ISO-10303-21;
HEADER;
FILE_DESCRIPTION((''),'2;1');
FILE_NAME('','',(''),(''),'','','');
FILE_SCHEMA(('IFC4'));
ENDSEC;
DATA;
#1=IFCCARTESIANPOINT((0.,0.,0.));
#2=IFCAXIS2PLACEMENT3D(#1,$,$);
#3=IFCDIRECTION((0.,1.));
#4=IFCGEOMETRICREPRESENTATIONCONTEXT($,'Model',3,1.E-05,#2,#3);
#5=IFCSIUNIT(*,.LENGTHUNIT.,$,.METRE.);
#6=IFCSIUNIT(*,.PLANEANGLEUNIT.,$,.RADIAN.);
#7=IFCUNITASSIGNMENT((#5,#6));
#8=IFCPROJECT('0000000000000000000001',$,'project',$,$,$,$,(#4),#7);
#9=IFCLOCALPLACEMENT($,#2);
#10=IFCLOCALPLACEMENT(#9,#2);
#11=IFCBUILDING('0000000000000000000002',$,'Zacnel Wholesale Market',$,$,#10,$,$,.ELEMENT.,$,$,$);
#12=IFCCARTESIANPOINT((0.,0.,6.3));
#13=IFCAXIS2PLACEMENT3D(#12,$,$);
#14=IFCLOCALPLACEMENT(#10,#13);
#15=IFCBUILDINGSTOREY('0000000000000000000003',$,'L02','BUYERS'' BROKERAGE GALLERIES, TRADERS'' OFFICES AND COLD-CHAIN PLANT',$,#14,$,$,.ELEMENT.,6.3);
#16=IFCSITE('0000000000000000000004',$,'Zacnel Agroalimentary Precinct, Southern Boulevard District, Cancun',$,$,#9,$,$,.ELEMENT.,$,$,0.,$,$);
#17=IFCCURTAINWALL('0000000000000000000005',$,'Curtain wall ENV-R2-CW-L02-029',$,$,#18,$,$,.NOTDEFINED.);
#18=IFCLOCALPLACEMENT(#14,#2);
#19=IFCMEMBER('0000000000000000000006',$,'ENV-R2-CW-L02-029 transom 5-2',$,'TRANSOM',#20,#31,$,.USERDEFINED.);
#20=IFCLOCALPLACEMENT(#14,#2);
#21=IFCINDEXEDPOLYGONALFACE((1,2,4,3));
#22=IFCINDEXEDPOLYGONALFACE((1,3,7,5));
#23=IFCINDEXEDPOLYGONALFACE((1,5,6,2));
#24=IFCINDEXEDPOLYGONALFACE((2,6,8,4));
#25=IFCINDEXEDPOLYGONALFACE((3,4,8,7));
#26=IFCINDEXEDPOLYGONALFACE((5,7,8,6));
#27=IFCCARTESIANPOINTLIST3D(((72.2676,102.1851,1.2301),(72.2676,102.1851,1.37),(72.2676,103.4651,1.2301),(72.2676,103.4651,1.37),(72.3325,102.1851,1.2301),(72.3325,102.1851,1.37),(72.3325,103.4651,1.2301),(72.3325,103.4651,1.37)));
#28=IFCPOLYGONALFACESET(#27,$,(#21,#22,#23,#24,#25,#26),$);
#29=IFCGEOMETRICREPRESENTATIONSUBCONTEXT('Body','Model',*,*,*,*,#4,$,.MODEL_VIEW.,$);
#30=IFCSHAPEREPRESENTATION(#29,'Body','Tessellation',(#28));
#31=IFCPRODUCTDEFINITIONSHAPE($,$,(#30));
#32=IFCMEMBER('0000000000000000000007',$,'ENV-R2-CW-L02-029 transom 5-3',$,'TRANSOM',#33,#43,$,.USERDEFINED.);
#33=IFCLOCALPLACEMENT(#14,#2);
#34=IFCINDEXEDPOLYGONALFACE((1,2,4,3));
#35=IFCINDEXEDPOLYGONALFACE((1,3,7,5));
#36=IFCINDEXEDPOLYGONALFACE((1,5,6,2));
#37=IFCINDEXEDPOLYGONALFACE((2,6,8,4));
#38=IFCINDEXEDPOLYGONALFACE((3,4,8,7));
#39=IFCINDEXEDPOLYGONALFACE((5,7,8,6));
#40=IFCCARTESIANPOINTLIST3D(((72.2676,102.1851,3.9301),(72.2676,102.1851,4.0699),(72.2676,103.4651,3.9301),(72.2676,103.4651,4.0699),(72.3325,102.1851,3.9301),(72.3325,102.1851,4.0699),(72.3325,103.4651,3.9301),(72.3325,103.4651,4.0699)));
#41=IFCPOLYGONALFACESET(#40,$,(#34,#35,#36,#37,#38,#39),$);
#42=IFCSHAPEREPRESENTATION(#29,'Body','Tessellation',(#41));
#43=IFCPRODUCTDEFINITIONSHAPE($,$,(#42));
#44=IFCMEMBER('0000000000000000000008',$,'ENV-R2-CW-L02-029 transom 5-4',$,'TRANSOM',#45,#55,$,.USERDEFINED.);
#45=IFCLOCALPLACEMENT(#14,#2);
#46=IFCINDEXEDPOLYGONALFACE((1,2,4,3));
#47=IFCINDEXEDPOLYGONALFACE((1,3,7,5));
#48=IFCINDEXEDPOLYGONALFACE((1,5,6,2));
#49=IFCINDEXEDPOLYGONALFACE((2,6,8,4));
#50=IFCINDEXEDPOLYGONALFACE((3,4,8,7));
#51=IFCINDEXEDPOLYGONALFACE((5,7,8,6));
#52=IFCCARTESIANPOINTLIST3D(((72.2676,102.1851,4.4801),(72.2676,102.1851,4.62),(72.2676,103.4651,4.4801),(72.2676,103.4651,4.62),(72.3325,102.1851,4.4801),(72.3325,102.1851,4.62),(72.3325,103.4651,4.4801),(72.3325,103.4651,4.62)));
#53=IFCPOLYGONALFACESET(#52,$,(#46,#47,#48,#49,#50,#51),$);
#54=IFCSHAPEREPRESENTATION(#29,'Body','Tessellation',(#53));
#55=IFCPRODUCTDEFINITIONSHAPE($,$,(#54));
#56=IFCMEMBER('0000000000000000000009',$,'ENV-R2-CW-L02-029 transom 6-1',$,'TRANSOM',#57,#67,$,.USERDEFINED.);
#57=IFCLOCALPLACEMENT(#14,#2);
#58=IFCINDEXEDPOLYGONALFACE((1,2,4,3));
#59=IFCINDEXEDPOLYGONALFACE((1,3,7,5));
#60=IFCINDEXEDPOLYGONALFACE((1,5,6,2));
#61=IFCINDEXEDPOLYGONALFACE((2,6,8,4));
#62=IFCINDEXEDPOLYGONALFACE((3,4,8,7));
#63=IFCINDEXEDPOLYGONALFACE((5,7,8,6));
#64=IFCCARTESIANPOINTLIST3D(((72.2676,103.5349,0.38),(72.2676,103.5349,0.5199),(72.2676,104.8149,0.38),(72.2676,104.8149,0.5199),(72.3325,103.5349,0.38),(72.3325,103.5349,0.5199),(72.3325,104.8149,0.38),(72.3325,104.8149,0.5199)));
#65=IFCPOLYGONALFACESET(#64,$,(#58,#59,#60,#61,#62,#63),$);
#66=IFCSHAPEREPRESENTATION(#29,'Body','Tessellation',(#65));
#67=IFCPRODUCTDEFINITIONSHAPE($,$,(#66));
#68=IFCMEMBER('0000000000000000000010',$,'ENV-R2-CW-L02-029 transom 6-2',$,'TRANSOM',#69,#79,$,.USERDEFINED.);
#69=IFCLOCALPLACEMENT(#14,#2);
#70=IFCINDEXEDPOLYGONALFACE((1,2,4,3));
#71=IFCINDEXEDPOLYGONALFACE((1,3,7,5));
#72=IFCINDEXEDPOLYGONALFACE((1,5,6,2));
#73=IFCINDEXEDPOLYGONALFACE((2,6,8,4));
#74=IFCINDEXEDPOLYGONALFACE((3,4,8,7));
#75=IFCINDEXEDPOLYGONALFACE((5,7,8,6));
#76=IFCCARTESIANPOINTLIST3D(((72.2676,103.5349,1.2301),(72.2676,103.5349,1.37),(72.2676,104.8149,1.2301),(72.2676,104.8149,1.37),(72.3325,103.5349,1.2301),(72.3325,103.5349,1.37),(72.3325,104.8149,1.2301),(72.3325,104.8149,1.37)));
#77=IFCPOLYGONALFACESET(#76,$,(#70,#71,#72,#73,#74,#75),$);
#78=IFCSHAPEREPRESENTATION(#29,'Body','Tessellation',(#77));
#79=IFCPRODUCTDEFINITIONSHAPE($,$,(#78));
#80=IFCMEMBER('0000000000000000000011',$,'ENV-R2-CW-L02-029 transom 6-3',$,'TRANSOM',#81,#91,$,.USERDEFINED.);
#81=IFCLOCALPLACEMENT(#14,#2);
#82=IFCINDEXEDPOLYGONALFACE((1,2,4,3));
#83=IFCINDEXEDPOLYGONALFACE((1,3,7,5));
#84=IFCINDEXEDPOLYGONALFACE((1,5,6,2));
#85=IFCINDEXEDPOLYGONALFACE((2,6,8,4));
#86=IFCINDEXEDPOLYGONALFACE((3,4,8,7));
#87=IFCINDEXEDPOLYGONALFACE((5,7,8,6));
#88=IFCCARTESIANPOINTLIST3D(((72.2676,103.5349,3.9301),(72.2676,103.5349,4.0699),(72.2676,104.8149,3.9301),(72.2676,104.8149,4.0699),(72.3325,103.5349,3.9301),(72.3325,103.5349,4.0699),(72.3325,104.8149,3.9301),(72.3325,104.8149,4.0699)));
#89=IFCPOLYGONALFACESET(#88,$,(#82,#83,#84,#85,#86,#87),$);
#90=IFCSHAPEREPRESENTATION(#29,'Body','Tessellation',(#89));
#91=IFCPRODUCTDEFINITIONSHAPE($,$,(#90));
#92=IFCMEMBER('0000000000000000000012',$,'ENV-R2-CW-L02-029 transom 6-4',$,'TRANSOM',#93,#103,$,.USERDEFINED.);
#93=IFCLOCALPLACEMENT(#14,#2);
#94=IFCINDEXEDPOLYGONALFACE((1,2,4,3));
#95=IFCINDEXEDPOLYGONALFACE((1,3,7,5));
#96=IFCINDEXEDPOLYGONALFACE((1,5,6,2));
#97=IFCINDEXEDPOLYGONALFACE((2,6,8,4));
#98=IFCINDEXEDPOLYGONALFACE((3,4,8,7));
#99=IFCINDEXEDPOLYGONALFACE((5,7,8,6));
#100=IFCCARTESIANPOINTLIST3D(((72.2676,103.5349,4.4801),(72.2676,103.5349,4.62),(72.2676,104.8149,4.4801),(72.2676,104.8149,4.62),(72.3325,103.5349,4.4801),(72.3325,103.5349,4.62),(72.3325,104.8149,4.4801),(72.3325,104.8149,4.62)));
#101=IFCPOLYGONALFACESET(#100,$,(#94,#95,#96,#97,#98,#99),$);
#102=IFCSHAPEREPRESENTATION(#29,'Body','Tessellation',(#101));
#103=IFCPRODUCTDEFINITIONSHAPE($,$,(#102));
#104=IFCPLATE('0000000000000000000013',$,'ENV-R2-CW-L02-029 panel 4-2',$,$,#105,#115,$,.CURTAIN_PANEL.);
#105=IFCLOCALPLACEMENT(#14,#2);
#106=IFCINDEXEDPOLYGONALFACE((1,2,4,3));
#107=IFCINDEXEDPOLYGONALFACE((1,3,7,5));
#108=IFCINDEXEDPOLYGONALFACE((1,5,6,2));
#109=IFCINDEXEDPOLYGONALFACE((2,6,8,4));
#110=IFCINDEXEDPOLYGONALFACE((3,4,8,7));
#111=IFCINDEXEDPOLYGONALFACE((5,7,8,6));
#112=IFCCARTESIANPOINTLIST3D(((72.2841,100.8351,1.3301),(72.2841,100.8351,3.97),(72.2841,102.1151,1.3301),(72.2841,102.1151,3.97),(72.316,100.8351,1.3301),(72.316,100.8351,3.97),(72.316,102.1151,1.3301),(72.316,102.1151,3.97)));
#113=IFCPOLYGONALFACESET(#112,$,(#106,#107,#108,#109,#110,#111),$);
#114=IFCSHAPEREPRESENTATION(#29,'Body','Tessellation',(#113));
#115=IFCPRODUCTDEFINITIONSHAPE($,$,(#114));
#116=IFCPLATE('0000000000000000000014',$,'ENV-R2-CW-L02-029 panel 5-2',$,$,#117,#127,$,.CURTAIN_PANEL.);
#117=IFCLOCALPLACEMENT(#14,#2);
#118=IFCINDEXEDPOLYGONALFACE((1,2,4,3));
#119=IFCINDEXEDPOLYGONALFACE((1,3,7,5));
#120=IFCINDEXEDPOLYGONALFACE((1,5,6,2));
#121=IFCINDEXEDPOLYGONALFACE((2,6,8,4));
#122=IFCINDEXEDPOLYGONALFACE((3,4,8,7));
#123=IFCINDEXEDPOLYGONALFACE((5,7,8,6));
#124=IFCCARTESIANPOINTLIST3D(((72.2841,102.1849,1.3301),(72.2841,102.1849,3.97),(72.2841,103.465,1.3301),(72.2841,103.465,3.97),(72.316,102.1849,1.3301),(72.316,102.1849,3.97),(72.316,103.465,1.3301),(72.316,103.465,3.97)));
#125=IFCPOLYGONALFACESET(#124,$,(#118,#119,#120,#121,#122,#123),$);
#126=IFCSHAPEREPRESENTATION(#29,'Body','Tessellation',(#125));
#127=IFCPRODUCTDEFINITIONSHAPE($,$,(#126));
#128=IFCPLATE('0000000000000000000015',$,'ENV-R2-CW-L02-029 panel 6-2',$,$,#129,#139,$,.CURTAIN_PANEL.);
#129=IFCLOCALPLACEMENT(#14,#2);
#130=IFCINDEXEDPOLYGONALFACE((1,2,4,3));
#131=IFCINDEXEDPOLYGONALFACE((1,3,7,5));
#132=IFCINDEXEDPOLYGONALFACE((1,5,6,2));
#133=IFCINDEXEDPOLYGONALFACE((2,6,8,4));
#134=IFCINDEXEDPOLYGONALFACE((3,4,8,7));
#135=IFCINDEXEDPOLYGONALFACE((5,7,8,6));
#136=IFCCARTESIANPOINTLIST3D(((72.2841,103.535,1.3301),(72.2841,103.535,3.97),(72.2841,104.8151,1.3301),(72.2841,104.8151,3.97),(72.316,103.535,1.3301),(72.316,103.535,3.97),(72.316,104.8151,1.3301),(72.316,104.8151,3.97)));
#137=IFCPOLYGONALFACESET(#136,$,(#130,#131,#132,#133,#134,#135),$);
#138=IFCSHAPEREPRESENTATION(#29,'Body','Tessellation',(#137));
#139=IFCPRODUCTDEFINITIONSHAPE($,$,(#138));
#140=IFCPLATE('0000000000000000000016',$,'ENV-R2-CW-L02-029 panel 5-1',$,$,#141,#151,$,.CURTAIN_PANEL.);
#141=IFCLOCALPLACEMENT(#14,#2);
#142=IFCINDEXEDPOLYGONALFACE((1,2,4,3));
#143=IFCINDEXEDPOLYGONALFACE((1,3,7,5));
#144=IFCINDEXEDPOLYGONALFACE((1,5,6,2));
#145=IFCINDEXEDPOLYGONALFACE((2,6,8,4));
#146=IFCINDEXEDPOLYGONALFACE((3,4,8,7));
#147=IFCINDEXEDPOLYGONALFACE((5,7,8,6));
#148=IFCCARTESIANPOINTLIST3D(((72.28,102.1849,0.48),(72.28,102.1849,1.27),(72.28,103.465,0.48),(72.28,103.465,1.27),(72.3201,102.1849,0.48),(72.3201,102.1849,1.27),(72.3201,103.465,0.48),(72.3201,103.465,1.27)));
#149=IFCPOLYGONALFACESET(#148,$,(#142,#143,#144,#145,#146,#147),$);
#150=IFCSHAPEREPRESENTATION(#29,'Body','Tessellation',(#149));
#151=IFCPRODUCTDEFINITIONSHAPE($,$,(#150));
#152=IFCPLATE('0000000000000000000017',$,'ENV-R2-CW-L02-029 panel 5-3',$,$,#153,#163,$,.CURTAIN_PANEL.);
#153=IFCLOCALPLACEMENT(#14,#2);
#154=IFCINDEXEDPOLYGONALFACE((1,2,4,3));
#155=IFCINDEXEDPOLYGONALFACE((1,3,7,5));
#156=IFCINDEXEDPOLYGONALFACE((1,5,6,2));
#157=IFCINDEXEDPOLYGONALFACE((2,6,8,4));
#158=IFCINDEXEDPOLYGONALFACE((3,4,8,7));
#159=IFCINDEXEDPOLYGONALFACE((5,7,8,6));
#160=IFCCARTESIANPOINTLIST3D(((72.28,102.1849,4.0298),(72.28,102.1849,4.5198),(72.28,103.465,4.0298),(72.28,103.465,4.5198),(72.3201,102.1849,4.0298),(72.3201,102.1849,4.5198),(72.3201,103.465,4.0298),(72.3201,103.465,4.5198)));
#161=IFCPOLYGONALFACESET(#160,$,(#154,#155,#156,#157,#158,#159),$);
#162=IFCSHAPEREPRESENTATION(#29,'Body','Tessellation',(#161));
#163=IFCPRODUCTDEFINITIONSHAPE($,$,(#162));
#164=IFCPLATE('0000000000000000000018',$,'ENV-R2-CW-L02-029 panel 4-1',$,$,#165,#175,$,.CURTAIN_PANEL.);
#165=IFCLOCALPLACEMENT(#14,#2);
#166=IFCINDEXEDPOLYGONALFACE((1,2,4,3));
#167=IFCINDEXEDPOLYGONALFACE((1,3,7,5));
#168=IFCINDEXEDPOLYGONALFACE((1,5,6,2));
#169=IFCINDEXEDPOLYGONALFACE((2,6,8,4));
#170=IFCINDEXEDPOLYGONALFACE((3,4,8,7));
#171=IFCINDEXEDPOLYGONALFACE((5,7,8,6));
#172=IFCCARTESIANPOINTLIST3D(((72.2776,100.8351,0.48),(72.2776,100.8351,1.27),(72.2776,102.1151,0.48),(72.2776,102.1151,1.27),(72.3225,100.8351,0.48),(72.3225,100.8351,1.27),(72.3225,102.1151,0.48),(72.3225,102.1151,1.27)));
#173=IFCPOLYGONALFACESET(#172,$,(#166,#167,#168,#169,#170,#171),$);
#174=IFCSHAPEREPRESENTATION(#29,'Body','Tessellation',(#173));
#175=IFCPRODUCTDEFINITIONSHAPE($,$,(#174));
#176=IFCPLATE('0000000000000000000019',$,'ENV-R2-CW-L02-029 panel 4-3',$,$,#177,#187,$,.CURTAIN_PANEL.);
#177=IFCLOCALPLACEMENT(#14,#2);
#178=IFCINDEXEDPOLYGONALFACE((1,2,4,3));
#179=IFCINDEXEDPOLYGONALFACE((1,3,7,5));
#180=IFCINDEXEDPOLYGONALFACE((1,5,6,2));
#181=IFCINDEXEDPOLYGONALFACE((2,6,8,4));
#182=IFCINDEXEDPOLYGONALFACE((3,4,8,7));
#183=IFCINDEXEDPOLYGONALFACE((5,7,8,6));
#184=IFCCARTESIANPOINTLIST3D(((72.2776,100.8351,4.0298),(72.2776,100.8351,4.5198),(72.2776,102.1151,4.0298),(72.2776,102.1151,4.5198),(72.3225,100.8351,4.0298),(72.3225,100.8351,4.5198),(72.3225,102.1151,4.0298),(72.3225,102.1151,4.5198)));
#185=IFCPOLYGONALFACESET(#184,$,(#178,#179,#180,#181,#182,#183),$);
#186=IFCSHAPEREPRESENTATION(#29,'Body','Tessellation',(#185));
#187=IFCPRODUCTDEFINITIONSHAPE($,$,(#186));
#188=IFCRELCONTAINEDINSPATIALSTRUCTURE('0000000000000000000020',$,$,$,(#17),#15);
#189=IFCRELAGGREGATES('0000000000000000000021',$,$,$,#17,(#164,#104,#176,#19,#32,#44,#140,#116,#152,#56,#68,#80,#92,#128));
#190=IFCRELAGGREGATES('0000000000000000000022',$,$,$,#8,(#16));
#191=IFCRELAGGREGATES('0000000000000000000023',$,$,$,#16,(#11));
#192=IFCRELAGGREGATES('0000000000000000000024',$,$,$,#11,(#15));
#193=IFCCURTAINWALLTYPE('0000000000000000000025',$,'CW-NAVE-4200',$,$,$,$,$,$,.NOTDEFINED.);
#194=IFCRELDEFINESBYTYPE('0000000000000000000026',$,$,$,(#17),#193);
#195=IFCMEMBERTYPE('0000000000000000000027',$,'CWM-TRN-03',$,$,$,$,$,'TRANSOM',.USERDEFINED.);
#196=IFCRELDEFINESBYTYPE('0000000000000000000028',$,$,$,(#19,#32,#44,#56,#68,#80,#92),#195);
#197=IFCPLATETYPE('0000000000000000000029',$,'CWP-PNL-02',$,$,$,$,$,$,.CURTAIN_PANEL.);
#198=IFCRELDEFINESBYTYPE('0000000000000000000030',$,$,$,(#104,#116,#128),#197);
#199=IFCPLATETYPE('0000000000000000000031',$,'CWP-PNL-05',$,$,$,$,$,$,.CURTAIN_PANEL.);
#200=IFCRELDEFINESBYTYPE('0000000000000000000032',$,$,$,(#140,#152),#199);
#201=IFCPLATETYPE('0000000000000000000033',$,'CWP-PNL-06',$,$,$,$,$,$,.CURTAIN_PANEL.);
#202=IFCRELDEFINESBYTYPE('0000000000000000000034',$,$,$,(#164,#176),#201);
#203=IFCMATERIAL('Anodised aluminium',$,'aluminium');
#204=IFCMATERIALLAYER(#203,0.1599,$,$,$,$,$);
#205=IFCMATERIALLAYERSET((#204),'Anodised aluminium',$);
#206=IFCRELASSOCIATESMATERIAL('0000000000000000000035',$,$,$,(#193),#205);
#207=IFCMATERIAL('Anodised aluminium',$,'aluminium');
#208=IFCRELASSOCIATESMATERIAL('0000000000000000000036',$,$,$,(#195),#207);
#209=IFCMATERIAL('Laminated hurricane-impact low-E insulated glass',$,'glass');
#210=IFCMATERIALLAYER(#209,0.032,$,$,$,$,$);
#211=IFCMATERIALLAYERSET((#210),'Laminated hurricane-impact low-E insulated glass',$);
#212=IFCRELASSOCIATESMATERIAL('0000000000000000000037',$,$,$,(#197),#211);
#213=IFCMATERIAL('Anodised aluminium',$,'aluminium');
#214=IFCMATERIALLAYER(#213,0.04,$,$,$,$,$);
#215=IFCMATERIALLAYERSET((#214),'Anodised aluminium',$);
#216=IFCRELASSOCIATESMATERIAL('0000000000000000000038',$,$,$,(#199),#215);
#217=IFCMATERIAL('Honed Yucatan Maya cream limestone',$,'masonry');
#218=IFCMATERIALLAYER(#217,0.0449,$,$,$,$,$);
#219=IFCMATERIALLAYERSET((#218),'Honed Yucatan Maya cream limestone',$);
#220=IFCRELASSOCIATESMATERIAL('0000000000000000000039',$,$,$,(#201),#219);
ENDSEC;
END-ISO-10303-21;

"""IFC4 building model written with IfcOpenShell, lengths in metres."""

from ifc_helpers import new_model, si_unit, direction, frame, origin, origin_2d, place, context, subcontext, project, spatial, rectangle, extrude, material, layer, layer_set, material_profile, profile_set, type_object, element, aggregate, save


model = new_model("IFC4")

# Units and contexts
model_context = context("Model", 3, precision=1e-05, world=origin(), true_north=direction((0.0, 1.0)))
body_context = subcontext(model_context, "Body", "Model", "MODEL_VIEW")
ifc_project = project(units=[si_unit("LENGTHUNIT", "METRE"), si_unit("PLANEANGLEUNIT", "RADIAN")], contexts=[model_context])

# Site, building, storey
site_placement = place(None, origin())
site = spatial("IfcSite", under=ifc_project, at=site_placement, Name="Zacnel Agroalimentary Precinct, Southern Boulevard District, Cancun", CompositionType="ELEMENT", RefElevation=0.0)
building_placement = place(site_placement, origin())
building = spatial("IfcBuilding", under=site, at=building_placement, Name="Zacnel Wholesale Market", CompositionType="ELEMENT")
storey_placement = place(building_placement, frame((0.0, 0.0, 6.3)))
storey = spatial("IfcBuildingStorey", under=building, at=storey_placement, Name="L02", Description="BUYERS' BROKERAGE GALLERIES, TRADERS' OFFICES AND COLD-CHAIN PLANT", CompositionType="ELEMENT", Elevation=6.3)

# Curtain wall, members, plates
ifc_material_1 = material(Name="Anodised aluminium", Category="aluminium")
ifc_layer_1 = layer(ifc_material_1, 0.1599)
ifc_layer_set_1 = layer_set([ifc_layer_1], Name="Anodised aluminium")
curtain_wall_type = type_object("IfcCurtainWallType", Name="CW-NAVE-4200", PredefinedType="NOTDEFINED", material=ifc_layer_set_1)
curtain_wall_placement = place(storey_placement, origin())
curtain_wall = element("IfcCurtainWall", 1, at=curtain_wall_placement, inside=storey, type_object=curtain_wall_type, Name="Curtain wall ENV-R2-CW-L02-029", PredefinedType="NOTDEFINED")
ifc_material_2 = material(Name="Anodised aluminium", Category="aluminium")
ifc_material_profile_1 = material_profile(ifc_material_2, rectangle(XDim=0.0649, YDim=0.1399, at=origin_2d()), Name="AW-TRANSOM 65x140")
ifc_profile_set_1 = profile_set([ifc_material_profile_1], Name="Anodised aluminium")
member_type_1 = type_object("IfcMemberType", Name="CWM-TRN-03", ElementType="TRANSOM", PredefinedType="USERDEFINED", material=ifc_profile_set_1)
member_1_placement = place(storey_placement, frame((72.3, 102.1851, 1.3), z_axis=(0.0, 1.0, 0.0), x_axis=(-1.0, 0.0, 0.0)))
member_1 = element("IfcMember", 2, at=member_1_placement, type_object=member_type_1, Name="ENV-R2-CW-L02-029 transom 5-2", ObjectType="TRANSOM", PredefinedType="USERDEFINED", context=body_context, shape_type="SweptSolid", body=[
    extrude(rectangle(XDim=0.0649, YDim=0.1399, at=origin_2d()), origin(), (0.0, 0.0, 1.0), 1.28),
])
member_2_placement = place(storey_placement, frame((72.3, 102.1851, 4.0), z_axis=(0.0, 1.0, 0.0), x_axis=(-1.0, 0.0, 0.0)))
member_2 = element("IfcMember", 3, at=member_2_placement, type_object=member_type_1, Name="ENV-R2-CW-L02-029 transom 5-3", ObjectType="TRANSOM", PredefinedType="USERDEFINED", context=body_context, shape_type="SweptSolid", body=[
    extrude(rectangle(XDim=0.0649, YDim=0.1399, at=origin_2d()), origin(), (0.0, 0.0, 1.0), 1.28),
])
member_3_placement = place(storey_placement, frame((72.3, 102.1851, 4.55), z_axis=(0.0, 1.0, 0.0), x_axis=(-1.0, 0.0, 0.0)))
member_3 = element("IfcMember", 4, at=member_3_placement, type_object=member_type_1, Name="ENV-R2-CW-L02-029 transom 5-4", ObjectType="TRANSOM", PredefinedType="USERDEFINED", context=body_context, shape_type="SweptSolid", body=[
    extrude(rectangle(XDim=0.0649, YDim=0.1399, at=origin_2d()), origin(), (0.0, 0.0, 1.0), 1.28),
])
member_4_placement = place(storey_placement, frame((72.3, 103.5349, 0.45), z_axis=(0.0, 1.0, 0.0), x_axis=(-1.0, 0.0, 0.0)))
member_4 = element("IfcMember", 5, at=member_4_placement, type_object=member_type_1, Name="ENV-R2-CW-L02-029 transom 6-1", ObjectType="TRANSOM", PredefinedType="USERDEFINED", context=body_context, shape_type="SweptSolid", body=[
    extrude(rectangle(XDim=0.0649, YDim=0.1399, at=origin_2d()), origin(), (0.0, 0.0, 1.0), 1.28),
])
member_5_placement = place(storey_placement, frame((72.3, 103.5349, 1.3), z_axis=(0.0, 1.0, 0.0), x_axis=(-1.0, 0.0, 0.0)))
member_5 = element("IfcMember", 6, at=member_5_placement, type_object=member_type_1, Name="ENV-R2-CW-L02-029 transom 6-2", ObjectType="TRANSOM", PredefinedType="USERDEFINED", context=body_context, shape_type="SweptSolid", body=[
    extrude(rectangle(XDim=0.0649, YDim=0.1399, at=origin_2d()), origin(), (0.0, 0.0, 1.0), 1.28),
])
member_6_placement = place(storey_placement, frame((72.3, 103.5349, 4.0), z_axis=(0.0, 1.0, 0.0), x_axis=(-1.0, 0.0, 0.0)))
member_6 = element("IfcMember", 7, at=member_6_placement, type_object=member_type_1, Name="ENV-R2-CW-L02-029 transom 6-3", ObjectType="TRANSOM", PredefinedType="USERDEFINED", context=body_context, shape_type="SweptSolid", body=[
    extrude(rectangle(XDim=0.0649, YDim=0.1399, at=origin_2d()), origin(), (0.0, 0.0, 1.0), 1.28),
])
member_7_placement = place(storey_placement, frame((72.3, 103.5349, 4.55), z_axis=(0.0, 1.0, 0.0), x_axis=(-1.0, 0.0, 0.0)))
member_7 = element("IfcMember", 8, at=member_7_placement, type_object=member_type_1, Name="ENV-R2-CW-L02-029 transom 6-4", ObjectType="TRANSOM", PredefinedType="USERDEFINED", context=body_context, shape_type="SweptSolid", body=[
    extrude(rectangle(XDim=0.0649, YDim=0.1399, at=origin_2d()), origin(), (0.0, 0.0, 1.0), 1.28),
])
ifc_material_3 = material(Name="Laminated hurricane-impact low-E insulated glass", Category="glass")
ifc_layer_2 = layer(ifc_material_3, 0.032)
ifc_layer_set_2 = layer_set([ifc_layer_2], Name="Laminated hurricane-impact low-E insulated glass")
plate_type_1 = type_object("IfcPlateType", Name="CWP-PNL-02", PredefinedType="CURTAIN_PANEL", material=ifc_layer_set_2)
plate_1_placement = place(storey_placement, frame((72.3, 101.4751, 1.3301), z_axis=(0.0, 0.0, 1.0), x_axis=(0.0, 1.0, 0.0)))
plate_1 = element("IfcPlate", 9, at=plate_1_placement, type_object=plate_type_1, Name="ENV-R2-CW-L02-029 panel 4-2", PredefinedType="CURTAIN_PANEL", context=body_context, shape_type="SweptSolid", body=[
    extrude(rectangle(XDim=1.28, YDim=0.032, at=origin_2d()), origin(), (0.0, 0.0, 1.0), 2.6399),
])
plate_2_placement = place(storey_placement, frame((72.3, 102.825, 1.3301), z_axis=(0.0, 0.0, 1.0), x_axis=(0.0, 1.0, 0.0)))
plate_2 = element("IfcPlate", 10, at=plate_2_placement, type_object=plate_type_1, Name="ENV-R2-CW-L02-029 panel 5-2", PredefinedType="CURTAIN_PANEL", context=body_context, shape_type="SweptSolid", body=[
    extrude(rectangle(XDim=1.28, YDim=0.032, at=origin_2d()), origin(), (0.0, 0.0, 1.0), 2.6399),
])
plate_3_placement = place(storey_placement, frame((72.3, 104.175, 1.3301), z_axis=(0.0, 0.0, 1.0), x_axis=(0.0, 1.0, 0.0)))
plate_3 = element("IfcPlate", 11, at=plate_3_placement, type_object=plate_type_1, Name="ENV-R2-CW-L02-029 panel 6-2", PredefinedType="CURTAIN_PANEL", context=body_context, shape_type="SweptSolid", body=[
    extrude(rectangle(XDim=1.28, YDim=0.032, at=origin_2d()), origin(), (0.0, 0.0, 1.0), 2.6399),
])
ifc_material_4 = material(Name="Anodised aluminium", Category="aluminium")
ifc_layer_3 = layer(ifc_material_4, 0.04)
ifc_layer_set_3 = layer_set([ifc_layer_3], Name="Anodised aluminium")
plate_type_2 = type_object("IfcPlateType", Name="CWP-PNL-05", PredefinedType="CURTAIN_PANEL", material=ifc_layer_set_3)
plate_4_placement = place(storey_placement, frame((72.3, 102.825, 0.48), z_axis=(0.0, 0.0, 1.0), x_axis=(0.0, 1.0, 0.0)))
plate_4 = element("IfcPlate", 12, at=plate_4_placement, type_object=plate_type_2, Name="ENV-R2-CW-L02-029 panel 5-1", PredefinedType="CURTAIN_PANEL", context=body_context, shape_type="SweptSolid", body=[
    extrude(rectangle(XDim=1.28, YDim=0.04, at=origin_2d()), origin(), (0.0, 0.0, 1.0), 0.79),
])
plate_5_placement = place(storey_placement, frame((72.3, 102.825, 4.0298), z_axis=(0.0, 0.0, 1.0), x_axis=(0.0, 1.0, 0.0)))
plate_5 = element("IfcPlate", 13, at=plate_5_placement, type_object=plate_type_2, Name="ENV-R2-CW-L02-029 panel 5-3", PredefinedType="CURTAIN_PANEL", context=body_context, shape_type="SweptSolid", body=[
    extrude(rectangle(XDim=1.28, YDim=0.04, at=origin_2d()), origin(), (0.0, 0.0, 1.0), 0.49),
])
ifc_material_5 = material(Name="Honed Yucatan Maya cream limestone", Category="masonry")
ifc_layer_4 = layer(ifc_material_5, 0.0449)
ifc_layer_set_4 = layer_set([ifc_layer_4], Name="Honed Yucatan Maya cream limestone")
plate_type_3 = type_object("IfcPlateType", Name="CWP-PNL-06", PredefinedType="CURTAIN_PANEL", material=ifc_layer_set_4)
plate_6_placement = place(storey_placement, frame((72.3, 101.4751, 0.48), z_axis=(0.0, 0.0, 1.0), x_axis=(0.0, 1.0, 0.0)))
plate_6 = element("IfcPlate", 14, at=plate_6_placement, type_object=plate_type_3, Name="ENV-R2-CW-L02-029 panel 4-1", PredefinedType="CURTAIN_PANEL", context=body_context, shape_type="SweptSolid", body=[
    extrude(rectangle(XDim=1.28, YDim=0.0449, at=origin_2d()), origin(), (0.0, 0.0, 1.0), 0.79),
])
plate_7_placement = place(storey_placement, frame((72.3, 101.4751, 4.0298), z_axis=(0.0, 0.0, 1.0), x_axis=(0.0, 1.0, 0.0)))
plate_7 = element("IfcPlate", 15, at=plate_7_placement, type_object=plate_type_3, Name="ENV-R2-CW-L02-029 panel 4-3", PredefinedType="CURTAIN_PANEL", context=body_context, shape_type="SweptSolid", body=[
    extrude(rectangle(XDim=1.28, YDim=0.0449, at=origin_2d()), origin(), (0.0, 0.0, 1.0), 0.49),
])
aggregate(curtain_wall, [plate_6, plate_1, plate_7, member_1, member_2, member_3, plate_4, plate_2, plate_5, member_4, member_5, member_6, member_7, plate_3])

save(model, "model.ifc")
